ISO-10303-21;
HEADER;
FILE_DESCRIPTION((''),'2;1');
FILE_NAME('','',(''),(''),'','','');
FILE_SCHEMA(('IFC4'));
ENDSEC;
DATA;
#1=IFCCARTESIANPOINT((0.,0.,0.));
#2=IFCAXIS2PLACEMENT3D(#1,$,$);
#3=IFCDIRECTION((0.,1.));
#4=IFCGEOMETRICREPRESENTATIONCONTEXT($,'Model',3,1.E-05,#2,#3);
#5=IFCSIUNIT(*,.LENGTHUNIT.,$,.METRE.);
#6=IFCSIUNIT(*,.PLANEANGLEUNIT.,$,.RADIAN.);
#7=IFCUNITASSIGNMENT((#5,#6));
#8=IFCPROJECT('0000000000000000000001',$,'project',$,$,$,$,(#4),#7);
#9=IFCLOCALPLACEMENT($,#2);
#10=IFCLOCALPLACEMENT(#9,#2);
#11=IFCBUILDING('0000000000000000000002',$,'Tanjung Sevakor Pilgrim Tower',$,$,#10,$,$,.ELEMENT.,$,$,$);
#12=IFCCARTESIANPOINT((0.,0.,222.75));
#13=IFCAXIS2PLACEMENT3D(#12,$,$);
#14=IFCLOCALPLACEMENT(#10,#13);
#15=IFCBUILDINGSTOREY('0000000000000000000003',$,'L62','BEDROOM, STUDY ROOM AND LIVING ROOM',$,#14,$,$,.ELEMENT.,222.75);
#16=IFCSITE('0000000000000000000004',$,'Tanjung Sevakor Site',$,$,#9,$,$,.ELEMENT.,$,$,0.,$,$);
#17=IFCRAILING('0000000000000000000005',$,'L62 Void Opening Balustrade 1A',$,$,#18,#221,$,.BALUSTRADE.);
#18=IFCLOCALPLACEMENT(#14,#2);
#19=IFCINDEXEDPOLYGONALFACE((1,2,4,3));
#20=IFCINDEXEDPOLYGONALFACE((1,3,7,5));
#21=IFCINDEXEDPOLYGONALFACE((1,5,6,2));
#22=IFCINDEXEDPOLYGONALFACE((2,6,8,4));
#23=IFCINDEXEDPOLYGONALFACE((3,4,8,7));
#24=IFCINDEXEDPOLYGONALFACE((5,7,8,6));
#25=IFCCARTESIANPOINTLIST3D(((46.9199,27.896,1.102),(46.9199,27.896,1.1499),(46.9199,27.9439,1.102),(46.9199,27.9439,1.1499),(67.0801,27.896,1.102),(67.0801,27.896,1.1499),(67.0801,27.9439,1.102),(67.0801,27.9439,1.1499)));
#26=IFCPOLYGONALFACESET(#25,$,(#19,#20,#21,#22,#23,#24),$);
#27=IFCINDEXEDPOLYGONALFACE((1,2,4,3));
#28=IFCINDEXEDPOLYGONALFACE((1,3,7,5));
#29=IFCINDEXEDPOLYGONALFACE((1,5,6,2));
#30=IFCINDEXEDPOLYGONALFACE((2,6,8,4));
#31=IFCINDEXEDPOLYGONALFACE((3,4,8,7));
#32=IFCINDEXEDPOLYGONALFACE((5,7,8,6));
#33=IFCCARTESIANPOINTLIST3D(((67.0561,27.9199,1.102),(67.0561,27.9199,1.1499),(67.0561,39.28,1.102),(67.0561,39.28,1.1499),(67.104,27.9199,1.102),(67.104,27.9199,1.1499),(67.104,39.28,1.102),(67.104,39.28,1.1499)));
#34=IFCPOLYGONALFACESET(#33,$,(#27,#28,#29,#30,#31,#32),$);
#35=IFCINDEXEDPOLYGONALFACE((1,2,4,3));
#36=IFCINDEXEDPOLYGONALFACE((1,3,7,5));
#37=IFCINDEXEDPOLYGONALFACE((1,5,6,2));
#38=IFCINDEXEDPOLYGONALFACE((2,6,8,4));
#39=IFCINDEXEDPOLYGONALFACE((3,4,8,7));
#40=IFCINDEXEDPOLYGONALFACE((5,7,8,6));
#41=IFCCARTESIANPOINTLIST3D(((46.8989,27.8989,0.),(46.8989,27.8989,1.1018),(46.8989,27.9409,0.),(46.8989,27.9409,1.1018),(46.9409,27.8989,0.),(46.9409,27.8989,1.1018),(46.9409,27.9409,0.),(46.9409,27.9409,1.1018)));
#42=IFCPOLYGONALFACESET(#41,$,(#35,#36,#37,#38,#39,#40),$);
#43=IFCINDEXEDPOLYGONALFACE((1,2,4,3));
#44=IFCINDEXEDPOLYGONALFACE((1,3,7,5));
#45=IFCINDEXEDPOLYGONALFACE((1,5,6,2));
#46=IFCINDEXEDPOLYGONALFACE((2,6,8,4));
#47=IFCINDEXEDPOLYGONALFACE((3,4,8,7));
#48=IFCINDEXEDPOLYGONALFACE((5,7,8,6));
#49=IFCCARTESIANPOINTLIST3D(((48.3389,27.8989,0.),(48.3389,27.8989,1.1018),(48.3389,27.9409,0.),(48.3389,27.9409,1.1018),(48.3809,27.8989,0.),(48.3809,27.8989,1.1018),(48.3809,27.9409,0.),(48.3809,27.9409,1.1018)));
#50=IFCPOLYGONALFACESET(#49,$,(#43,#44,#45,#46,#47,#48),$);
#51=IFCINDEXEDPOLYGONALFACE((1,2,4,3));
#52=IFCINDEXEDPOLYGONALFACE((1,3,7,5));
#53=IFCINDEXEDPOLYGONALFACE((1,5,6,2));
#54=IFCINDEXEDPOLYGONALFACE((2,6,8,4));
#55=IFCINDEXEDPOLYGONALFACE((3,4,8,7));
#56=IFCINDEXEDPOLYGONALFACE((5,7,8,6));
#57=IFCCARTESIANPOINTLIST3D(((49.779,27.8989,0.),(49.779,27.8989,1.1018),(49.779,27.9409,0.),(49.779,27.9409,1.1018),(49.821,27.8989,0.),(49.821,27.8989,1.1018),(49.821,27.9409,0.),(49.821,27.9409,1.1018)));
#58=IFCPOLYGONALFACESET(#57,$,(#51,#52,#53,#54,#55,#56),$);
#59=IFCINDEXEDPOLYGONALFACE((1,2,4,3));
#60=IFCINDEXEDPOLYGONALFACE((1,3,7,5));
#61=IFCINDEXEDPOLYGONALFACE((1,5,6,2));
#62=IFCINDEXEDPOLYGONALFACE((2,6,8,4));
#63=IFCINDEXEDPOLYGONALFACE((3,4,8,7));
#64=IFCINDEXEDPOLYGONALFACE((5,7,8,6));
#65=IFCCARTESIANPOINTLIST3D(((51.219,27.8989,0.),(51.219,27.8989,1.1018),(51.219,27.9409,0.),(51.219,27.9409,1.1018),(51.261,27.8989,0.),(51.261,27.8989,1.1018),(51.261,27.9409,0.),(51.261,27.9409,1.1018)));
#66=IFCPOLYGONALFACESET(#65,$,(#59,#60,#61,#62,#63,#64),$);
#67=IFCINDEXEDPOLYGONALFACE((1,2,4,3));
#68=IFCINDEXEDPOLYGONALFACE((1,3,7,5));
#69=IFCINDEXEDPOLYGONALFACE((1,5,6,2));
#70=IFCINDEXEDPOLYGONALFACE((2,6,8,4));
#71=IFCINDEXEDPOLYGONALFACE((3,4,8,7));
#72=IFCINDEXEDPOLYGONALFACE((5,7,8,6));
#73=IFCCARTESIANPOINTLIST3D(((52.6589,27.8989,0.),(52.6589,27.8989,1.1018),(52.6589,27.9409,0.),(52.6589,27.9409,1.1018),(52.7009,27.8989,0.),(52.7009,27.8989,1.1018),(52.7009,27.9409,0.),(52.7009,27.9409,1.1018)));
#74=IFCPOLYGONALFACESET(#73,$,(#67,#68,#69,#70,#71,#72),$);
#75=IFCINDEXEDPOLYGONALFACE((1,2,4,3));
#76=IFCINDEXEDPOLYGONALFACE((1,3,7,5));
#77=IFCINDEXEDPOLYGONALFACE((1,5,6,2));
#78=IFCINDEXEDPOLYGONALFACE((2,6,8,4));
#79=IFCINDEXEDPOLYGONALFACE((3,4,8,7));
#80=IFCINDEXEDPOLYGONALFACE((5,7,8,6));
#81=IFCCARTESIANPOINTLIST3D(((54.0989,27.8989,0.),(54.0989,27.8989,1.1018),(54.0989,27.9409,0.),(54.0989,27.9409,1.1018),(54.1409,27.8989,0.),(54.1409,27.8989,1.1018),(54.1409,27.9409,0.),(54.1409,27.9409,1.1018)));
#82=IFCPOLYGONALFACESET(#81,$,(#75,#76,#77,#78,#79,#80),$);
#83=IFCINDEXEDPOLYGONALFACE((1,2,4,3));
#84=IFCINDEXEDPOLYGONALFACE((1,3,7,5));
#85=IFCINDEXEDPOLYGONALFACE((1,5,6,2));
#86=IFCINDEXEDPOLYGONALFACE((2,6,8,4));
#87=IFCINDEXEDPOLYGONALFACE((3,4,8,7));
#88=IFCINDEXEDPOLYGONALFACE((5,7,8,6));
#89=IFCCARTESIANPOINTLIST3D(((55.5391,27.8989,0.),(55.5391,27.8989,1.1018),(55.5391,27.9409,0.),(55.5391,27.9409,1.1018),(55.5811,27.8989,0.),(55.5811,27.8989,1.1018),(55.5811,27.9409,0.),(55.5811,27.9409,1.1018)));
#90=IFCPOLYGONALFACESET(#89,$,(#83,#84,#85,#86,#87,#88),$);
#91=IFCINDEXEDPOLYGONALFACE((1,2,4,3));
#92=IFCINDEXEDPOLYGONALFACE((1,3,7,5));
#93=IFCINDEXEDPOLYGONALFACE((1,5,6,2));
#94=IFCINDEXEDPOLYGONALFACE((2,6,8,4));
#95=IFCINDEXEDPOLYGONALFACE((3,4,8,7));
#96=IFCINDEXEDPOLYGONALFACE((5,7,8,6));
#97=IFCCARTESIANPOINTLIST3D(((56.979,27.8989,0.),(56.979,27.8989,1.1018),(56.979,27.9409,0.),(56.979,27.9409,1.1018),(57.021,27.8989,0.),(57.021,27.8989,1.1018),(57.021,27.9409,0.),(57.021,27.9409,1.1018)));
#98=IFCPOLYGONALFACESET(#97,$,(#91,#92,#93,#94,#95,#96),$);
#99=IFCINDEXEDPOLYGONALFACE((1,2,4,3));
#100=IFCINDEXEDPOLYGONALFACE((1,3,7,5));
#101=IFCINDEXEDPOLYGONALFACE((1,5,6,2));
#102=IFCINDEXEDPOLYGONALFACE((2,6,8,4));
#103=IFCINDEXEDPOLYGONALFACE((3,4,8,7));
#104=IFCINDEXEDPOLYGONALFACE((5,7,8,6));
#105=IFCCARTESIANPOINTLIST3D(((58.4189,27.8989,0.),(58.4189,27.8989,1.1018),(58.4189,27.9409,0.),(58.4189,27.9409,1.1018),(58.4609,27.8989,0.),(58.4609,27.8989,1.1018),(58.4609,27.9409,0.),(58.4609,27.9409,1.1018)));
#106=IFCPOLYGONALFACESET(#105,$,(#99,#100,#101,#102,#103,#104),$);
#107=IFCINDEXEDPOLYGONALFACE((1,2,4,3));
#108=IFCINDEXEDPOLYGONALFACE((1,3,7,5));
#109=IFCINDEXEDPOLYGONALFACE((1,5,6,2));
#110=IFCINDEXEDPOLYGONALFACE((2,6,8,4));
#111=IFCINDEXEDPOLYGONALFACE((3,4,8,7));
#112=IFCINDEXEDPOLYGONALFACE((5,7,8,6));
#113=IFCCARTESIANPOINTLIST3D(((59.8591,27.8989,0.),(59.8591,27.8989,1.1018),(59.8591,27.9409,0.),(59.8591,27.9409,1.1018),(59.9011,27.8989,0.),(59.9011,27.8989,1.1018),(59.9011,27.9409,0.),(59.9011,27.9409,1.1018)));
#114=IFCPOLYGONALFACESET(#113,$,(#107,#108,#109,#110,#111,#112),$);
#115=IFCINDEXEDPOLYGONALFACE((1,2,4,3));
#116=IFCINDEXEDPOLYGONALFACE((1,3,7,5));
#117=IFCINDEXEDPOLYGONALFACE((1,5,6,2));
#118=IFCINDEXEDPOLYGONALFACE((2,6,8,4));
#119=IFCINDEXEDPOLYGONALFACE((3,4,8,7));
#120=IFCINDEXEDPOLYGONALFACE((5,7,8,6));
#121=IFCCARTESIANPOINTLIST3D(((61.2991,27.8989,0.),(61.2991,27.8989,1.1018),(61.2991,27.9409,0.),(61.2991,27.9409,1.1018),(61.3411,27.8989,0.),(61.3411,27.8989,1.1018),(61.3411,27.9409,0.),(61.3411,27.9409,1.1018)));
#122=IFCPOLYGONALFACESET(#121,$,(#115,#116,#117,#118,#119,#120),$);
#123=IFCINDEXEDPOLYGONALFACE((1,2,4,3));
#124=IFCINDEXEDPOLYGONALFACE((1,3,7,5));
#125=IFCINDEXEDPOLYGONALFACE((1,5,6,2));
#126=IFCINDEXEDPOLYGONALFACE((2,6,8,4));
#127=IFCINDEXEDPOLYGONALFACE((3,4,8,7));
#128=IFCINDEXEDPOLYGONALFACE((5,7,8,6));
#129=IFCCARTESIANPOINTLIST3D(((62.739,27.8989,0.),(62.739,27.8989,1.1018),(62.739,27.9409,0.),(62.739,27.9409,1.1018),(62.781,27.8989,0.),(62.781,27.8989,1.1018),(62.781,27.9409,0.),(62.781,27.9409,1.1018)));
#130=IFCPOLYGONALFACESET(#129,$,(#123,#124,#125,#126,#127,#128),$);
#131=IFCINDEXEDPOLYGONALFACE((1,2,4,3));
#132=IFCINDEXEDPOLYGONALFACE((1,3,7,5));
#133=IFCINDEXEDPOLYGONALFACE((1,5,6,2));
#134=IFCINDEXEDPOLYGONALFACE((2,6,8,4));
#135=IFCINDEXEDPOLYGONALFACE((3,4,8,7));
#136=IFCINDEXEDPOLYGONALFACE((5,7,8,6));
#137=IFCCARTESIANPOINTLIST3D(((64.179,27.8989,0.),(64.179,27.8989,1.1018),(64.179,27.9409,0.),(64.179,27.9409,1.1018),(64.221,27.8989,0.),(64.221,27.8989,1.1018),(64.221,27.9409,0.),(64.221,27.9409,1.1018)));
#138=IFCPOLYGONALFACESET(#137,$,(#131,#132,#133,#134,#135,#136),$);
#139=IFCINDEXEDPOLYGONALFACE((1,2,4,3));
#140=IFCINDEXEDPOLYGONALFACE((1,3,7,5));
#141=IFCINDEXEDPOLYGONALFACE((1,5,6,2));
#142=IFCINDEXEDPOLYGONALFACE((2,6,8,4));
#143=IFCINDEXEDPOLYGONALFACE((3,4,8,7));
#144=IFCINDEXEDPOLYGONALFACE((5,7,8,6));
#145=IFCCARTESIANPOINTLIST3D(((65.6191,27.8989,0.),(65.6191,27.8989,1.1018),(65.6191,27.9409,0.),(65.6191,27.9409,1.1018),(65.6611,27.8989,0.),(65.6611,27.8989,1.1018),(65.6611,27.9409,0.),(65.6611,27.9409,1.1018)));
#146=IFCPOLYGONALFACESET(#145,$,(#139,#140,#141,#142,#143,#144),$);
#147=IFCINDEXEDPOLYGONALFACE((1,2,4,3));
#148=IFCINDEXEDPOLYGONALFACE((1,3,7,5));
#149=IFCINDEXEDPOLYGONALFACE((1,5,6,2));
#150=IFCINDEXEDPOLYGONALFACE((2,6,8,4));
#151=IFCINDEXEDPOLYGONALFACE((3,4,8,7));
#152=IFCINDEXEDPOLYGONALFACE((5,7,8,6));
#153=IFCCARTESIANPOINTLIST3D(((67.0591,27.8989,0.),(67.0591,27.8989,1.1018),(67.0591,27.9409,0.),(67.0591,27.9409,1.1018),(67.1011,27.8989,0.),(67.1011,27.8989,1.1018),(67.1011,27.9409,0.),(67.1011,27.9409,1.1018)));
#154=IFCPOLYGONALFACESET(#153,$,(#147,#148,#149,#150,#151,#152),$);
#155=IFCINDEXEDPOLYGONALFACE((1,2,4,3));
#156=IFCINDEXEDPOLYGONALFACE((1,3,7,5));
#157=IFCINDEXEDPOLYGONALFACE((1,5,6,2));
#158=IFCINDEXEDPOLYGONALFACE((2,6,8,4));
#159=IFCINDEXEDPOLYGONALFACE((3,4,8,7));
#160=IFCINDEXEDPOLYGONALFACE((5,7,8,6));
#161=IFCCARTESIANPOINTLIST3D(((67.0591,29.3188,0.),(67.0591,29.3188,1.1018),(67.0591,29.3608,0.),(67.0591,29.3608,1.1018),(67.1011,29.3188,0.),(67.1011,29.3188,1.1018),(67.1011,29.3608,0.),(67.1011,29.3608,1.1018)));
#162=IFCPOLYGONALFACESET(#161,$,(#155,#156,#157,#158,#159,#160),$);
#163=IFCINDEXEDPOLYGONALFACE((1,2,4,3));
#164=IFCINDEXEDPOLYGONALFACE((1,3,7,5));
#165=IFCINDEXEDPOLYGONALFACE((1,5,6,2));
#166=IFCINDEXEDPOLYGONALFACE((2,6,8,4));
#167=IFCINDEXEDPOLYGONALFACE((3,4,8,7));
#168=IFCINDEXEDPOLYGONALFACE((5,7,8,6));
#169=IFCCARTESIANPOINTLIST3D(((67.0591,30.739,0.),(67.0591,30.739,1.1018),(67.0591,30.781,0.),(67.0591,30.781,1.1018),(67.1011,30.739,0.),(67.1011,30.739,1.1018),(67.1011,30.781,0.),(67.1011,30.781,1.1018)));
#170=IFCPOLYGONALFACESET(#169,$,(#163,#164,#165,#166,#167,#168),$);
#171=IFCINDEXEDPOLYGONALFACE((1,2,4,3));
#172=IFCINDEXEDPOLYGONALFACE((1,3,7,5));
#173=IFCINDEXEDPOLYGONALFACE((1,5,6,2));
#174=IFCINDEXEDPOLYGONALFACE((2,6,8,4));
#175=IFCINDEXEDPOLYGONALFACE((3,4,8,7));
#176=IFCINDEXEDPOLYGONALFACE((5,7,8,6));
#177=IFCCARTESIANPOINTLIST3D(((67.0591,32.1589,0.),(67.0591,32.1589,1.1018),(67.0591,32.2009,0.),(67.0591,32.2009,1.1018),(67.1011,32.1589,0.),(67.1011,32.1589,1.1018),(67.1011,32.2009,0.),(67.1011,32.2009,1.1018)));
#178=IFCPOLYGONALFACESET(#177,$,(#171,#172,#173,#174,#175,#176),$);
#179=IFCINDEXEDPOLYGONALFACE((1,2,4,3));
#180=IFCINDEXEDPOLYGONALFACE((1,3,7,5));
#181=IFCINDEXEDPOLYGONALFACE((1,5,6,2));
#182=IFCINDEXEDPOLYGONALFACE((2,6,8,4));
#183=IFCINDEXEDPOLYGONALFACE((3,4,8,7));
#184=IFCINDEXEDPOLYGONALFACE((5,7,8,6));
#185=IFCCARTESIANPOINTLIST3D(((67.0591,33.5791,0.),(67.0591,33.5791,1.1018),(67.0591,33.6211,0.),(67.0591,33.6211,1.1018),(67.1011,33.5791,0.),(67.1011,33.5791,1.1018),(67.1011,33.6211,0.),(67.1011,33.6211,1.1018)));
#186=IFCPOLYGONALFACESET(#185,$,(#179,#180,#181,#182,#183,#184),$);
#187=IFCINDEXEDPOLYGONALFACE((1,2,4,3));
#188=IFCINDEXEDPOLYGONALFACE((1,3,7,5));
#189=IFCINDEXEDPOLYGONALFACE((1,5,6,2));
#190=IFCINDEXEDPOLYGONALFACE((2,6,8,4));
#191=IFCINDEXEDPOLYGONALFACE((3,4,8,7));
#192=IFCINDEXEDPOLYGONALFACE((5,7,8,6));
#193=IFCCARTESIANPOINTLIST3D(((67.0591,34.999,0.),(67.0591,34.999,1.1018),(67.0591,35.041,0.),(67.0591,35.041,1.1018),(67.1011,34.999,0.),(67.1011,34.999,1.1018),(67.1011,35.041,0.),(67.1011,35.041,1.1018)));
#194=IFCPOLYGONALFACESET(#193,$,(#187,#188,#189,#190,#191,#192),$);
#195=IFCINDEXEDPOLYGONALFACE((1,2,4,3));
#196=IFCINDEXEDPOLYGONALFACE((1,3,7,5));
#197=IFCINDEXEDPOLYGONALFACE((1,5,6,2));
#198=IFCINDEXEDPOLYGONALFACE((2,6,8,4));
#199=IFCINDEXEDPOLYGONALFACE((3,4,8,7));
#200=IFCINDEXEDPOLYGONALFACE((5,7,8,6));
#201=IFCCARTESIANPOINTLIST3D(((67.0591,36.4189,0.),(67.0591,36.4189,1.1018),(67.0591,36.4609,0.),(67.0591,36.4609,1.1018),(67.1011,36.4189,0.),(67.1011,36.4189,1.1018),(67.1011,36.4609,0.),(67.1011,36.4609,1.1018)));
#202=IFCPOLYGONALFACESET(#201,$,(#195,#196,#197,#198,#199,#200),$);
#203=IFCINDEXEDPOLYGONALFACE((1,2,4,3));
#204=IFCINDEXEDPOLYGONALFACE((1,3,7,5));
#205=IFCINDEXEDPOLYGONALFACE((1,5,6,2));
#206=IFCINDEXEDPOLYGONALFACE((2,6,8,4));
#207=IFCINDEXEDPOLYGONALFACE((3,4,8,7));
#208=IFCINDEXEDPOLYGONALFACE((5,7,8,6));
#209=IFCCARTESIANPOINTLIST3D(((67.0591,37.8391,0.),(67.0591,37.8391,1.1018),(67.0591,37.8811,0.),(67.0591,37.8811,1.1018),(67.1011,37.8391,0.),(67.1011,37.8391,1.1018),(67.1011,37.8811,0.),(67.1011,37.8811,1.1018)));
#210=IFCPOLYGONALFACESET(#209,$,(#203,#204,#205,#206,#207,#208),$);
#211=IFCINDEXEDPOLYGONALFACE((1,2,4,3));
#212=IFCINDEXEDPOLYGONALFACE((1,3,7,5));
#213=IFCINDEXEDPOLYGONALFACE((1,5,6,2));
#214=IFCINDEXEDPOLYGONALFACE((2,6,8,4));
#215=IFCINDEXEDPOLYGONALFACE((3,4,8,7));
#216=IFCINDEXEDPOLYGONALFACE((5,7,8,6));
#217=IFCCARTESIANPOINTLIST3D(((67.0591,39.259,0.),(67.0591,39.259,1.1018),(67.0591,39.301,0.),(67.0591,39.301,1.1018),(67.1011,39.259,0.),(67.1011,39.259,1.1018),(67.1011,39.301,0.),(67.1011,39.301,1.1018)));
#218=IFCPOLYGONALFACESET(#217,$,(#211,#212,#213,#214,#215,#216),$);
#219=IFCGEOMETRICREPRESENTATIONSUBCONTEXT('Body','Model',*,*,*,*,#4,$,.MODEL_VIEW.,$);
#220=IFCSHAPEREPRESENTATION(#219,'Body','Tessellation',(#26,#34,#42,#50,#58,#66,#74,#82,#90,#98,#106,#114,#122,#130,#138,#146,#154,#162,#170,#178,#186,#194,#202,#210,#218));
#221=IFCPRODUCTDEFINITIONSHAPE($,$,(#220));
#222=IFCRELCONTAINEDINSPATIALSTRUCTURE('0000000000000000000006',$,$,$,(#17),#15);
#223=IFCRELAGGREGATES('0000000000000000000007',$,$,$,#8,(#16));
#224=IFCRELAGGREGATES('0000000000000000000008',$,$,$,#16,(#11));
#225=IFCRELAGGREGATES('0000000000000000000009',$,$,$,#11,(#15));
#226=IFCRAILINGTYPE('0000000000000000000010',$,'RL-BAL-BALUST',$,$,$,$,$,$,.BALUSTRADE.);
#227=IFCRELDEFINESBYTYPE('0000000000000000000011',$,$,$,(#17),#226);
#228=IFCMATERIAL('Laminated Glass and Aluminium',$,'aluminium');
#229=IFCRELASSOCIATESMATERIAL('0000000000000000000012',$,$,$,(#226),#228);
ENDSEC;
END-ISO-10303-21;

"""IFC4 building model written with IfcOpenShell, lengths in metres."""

from ifc_helpers import new_model, si_unit, direction, frame, origin, place, context, subcontext, project, spatial, rectangle, extrude, material, type_object, element, save


model = new_model("IFC4")

# Units and contexts
model_context = context("Model", 3, precision=1e-05, world=origin(), true_north=direction((0.0, 1.0)))
body_context = subcontext(model_context, "Body", "Model", "MODEL_VIEW")
ifc_project = project(units=[si_unit("LENGTHUNIT", "METRE"), si_unit("PLANEANGLEUNIT", "RADIAN")], contexts=[model_context])

# Site, building, storey
site_placement = place(None, origin())
site = spatial("IfcSite", under=ifc_project, at=site_placement, Name="Tanjung Sevakor Site", CompositionType="ELEMENT", RefElevation=0.0)
building_placement = place(site_placement, origin())
building = spatial("IfcBuilding", under=site, at=building_placement, Name="Tanjung Sevakor Pilgrim Tower", CompositionType="ELEMENT")
storey_placement = place(building_placement, frame((0.0, 0.0, 222.75)))
storey = spatial("IfcBuildingStorey", under=building, at=storey_placement, Name="L62", Description="BEDROOM, STUDY ROOM AND LIVING ROOM", CompositionType="ELEMENT", Elevation=222.75)

# Railing
ifc_material_1 = material(Name="Laminated Glass and Aluminium", Category="aluminium")
railing_type = type_object("IfcRailingType", Name="RL-BAL-BALUST", PredefinedType="BALUSTRADE", material=ifc_material_1)
railing_placement = place(storey_placement, frame((46.9199, 27.9199, 0.0)))
element("IfcRailing", 1, at=railing_placement, inside=storey, type_object=railing_type, Name="L62 Void Opening Balustrade 1A", PredefinedType="BALUSTRADE", context=body_context, shape_type="SweptSolid", body=[
    extrude(rectangle(XDim=0.0479, YDim=0.0479), frame((0.0, 0.0, 1.126), z_axis=(1.0, 0.0, 0.0), x_axis=(0.0, 1.0, 0.0)), (0.0, 0.0, 1.0), 20.1602),
    extrude(rectangle(XDim=0.0479, YDim=0.0479), frame((20.1602, 0.0, 1.126), z_axis=(0.0, 1.0, 0.0), x_axis=(-1.0, 0.0, 0.0)), (0.0, 0.0, 1.0), 11.3601),
    extrude(rectangle(XDim=0.042, YDim=0.042), origin(), (0.0, 0.0, 1.0), 1.1018),
    extrude(rectangle(XDim=0.042, YDim=0.042), frame((1.4399, 0.0, 0.0)), (0.0, 0.0, 1.0), 1.1018),
    extrude(rectangle(XDim=0.042, YDim=0.042), frame((2.8801, 0.0, 0.0)), (0.0, 0.0, 1.0), 1.1018),
    extrude(rectangle(XDim=0.042, YDim=0.042), frame((4.3201, 0.0, 0.0)), (0.0, 0.0, 1.0), 1.1018),
    extrude(rectangle(XDim=0.042, YDim=0.042), frame((5.76, 0.0, 0.0)), (0.0, 0.0, 1.0), 1.1018),
    extrude(rectangle(XDim=0.042, YDim=0.042), frame((7.2, 0.0, 0.0)), (0.0, 0.0, 1.0), 1.1018),
    extrude(rectangle(XDim=0.042, YDim=0.042), frame((8.6401, 0.0, 0.0)), (0.0, 0.0, 1.0), 1.1018),
    extrude(rectangle(XDim=0.042, YDim=0.042), frame((10.0801, 0.0, 0.0)), (0.0, 0.0, 1.0), 1.1018),
    extrude(rectangle(XDim=0.042, YDim=0.042), frame((11.52, 0.0, 0.0)), (0.0, 0.0, 1.0), 1.1018),
    extrude(rectangle(XDim=0.042, YDim=0.042), frame((12.9602, 0.0, 0.0)), (0.0, 0.0, 1.0), 1.1018),
    extrude(rectangle(XDim=0.042, YDim=0.042), frame((14.4001, 0.0, 0.0)), (0.0, 0.0, 1.0), 1.1018),
    extrude(rectangle(XDim=0.042, YDim=0.042), frame((15.8401, 0.0, 0.0)), (0.0, 0.0, 1.0), 1.1018),
    extrude(rectangle(XDim=0.042, YDim=0.042), frame((17.28, 0.0, 0.0)), (0.0, 0.0, 1.0), 1.1018),
    extrude(rectangle(XDim=0.042, YDim=0.042), frame((18.7202, 0.0, 0.0)), (0.0, 0.0, 1.0), 1.1018),
    extrude(rectangle(XDim=0.042, YDim=0.042), frame((20.1602, 0.0, 0.0)), (0.0, 0.0, 1.0), 1.1018),
    extrude(rectangle(XDim=0.042, YDim=0.042), frame((20.1602, 1.4199, 0.0)), (0.0, 0.0, 1.0), 1.1018),
    extrude(rectangle(XDim=0.042, YDim=0.042), frame((20.1602, 2.8401, 0.0)), (0.0, 0.0, 1.0), 1.1018),
    extrude(rectangle(XDim=0.042, YDim=0.042), frame((20.1602, 4.26, 0.0)), (0.0, 0.0, 1.0), 1.1018),
    extrude(rectangle(XDim=0.042, YDim=0.042), frame((20.1602, 5.6802, 0.0)), (0.0, 0.0, 1.0), 1.1018),
    extrude(rectangle(XDim=0.042, YDim=0.042), frame((20.1602, 7.1001, 0.0)), (0.0, 0.0, 1.0), 1.1018),
    extrude(rectangle(XDim=0.042, YDim=0.042), frame((20.1602, 8.52, 0.0)), (0.0, 0.0, 1.0), 1.1018),
    extrude(rectangle(XDim=0.042, YDim=0.042), frame((20.1602, 9.9402, 0.0)), (0.0, 0.0, 1.0), 1.1018),
    extrude(rectangle(XDim=0.042, YDim=0.042), frame((20.1602, 11.3601, 0.0)), (0.0, 0.0, 1.0), 1.1018),
])

save(model, "model.ifc")
